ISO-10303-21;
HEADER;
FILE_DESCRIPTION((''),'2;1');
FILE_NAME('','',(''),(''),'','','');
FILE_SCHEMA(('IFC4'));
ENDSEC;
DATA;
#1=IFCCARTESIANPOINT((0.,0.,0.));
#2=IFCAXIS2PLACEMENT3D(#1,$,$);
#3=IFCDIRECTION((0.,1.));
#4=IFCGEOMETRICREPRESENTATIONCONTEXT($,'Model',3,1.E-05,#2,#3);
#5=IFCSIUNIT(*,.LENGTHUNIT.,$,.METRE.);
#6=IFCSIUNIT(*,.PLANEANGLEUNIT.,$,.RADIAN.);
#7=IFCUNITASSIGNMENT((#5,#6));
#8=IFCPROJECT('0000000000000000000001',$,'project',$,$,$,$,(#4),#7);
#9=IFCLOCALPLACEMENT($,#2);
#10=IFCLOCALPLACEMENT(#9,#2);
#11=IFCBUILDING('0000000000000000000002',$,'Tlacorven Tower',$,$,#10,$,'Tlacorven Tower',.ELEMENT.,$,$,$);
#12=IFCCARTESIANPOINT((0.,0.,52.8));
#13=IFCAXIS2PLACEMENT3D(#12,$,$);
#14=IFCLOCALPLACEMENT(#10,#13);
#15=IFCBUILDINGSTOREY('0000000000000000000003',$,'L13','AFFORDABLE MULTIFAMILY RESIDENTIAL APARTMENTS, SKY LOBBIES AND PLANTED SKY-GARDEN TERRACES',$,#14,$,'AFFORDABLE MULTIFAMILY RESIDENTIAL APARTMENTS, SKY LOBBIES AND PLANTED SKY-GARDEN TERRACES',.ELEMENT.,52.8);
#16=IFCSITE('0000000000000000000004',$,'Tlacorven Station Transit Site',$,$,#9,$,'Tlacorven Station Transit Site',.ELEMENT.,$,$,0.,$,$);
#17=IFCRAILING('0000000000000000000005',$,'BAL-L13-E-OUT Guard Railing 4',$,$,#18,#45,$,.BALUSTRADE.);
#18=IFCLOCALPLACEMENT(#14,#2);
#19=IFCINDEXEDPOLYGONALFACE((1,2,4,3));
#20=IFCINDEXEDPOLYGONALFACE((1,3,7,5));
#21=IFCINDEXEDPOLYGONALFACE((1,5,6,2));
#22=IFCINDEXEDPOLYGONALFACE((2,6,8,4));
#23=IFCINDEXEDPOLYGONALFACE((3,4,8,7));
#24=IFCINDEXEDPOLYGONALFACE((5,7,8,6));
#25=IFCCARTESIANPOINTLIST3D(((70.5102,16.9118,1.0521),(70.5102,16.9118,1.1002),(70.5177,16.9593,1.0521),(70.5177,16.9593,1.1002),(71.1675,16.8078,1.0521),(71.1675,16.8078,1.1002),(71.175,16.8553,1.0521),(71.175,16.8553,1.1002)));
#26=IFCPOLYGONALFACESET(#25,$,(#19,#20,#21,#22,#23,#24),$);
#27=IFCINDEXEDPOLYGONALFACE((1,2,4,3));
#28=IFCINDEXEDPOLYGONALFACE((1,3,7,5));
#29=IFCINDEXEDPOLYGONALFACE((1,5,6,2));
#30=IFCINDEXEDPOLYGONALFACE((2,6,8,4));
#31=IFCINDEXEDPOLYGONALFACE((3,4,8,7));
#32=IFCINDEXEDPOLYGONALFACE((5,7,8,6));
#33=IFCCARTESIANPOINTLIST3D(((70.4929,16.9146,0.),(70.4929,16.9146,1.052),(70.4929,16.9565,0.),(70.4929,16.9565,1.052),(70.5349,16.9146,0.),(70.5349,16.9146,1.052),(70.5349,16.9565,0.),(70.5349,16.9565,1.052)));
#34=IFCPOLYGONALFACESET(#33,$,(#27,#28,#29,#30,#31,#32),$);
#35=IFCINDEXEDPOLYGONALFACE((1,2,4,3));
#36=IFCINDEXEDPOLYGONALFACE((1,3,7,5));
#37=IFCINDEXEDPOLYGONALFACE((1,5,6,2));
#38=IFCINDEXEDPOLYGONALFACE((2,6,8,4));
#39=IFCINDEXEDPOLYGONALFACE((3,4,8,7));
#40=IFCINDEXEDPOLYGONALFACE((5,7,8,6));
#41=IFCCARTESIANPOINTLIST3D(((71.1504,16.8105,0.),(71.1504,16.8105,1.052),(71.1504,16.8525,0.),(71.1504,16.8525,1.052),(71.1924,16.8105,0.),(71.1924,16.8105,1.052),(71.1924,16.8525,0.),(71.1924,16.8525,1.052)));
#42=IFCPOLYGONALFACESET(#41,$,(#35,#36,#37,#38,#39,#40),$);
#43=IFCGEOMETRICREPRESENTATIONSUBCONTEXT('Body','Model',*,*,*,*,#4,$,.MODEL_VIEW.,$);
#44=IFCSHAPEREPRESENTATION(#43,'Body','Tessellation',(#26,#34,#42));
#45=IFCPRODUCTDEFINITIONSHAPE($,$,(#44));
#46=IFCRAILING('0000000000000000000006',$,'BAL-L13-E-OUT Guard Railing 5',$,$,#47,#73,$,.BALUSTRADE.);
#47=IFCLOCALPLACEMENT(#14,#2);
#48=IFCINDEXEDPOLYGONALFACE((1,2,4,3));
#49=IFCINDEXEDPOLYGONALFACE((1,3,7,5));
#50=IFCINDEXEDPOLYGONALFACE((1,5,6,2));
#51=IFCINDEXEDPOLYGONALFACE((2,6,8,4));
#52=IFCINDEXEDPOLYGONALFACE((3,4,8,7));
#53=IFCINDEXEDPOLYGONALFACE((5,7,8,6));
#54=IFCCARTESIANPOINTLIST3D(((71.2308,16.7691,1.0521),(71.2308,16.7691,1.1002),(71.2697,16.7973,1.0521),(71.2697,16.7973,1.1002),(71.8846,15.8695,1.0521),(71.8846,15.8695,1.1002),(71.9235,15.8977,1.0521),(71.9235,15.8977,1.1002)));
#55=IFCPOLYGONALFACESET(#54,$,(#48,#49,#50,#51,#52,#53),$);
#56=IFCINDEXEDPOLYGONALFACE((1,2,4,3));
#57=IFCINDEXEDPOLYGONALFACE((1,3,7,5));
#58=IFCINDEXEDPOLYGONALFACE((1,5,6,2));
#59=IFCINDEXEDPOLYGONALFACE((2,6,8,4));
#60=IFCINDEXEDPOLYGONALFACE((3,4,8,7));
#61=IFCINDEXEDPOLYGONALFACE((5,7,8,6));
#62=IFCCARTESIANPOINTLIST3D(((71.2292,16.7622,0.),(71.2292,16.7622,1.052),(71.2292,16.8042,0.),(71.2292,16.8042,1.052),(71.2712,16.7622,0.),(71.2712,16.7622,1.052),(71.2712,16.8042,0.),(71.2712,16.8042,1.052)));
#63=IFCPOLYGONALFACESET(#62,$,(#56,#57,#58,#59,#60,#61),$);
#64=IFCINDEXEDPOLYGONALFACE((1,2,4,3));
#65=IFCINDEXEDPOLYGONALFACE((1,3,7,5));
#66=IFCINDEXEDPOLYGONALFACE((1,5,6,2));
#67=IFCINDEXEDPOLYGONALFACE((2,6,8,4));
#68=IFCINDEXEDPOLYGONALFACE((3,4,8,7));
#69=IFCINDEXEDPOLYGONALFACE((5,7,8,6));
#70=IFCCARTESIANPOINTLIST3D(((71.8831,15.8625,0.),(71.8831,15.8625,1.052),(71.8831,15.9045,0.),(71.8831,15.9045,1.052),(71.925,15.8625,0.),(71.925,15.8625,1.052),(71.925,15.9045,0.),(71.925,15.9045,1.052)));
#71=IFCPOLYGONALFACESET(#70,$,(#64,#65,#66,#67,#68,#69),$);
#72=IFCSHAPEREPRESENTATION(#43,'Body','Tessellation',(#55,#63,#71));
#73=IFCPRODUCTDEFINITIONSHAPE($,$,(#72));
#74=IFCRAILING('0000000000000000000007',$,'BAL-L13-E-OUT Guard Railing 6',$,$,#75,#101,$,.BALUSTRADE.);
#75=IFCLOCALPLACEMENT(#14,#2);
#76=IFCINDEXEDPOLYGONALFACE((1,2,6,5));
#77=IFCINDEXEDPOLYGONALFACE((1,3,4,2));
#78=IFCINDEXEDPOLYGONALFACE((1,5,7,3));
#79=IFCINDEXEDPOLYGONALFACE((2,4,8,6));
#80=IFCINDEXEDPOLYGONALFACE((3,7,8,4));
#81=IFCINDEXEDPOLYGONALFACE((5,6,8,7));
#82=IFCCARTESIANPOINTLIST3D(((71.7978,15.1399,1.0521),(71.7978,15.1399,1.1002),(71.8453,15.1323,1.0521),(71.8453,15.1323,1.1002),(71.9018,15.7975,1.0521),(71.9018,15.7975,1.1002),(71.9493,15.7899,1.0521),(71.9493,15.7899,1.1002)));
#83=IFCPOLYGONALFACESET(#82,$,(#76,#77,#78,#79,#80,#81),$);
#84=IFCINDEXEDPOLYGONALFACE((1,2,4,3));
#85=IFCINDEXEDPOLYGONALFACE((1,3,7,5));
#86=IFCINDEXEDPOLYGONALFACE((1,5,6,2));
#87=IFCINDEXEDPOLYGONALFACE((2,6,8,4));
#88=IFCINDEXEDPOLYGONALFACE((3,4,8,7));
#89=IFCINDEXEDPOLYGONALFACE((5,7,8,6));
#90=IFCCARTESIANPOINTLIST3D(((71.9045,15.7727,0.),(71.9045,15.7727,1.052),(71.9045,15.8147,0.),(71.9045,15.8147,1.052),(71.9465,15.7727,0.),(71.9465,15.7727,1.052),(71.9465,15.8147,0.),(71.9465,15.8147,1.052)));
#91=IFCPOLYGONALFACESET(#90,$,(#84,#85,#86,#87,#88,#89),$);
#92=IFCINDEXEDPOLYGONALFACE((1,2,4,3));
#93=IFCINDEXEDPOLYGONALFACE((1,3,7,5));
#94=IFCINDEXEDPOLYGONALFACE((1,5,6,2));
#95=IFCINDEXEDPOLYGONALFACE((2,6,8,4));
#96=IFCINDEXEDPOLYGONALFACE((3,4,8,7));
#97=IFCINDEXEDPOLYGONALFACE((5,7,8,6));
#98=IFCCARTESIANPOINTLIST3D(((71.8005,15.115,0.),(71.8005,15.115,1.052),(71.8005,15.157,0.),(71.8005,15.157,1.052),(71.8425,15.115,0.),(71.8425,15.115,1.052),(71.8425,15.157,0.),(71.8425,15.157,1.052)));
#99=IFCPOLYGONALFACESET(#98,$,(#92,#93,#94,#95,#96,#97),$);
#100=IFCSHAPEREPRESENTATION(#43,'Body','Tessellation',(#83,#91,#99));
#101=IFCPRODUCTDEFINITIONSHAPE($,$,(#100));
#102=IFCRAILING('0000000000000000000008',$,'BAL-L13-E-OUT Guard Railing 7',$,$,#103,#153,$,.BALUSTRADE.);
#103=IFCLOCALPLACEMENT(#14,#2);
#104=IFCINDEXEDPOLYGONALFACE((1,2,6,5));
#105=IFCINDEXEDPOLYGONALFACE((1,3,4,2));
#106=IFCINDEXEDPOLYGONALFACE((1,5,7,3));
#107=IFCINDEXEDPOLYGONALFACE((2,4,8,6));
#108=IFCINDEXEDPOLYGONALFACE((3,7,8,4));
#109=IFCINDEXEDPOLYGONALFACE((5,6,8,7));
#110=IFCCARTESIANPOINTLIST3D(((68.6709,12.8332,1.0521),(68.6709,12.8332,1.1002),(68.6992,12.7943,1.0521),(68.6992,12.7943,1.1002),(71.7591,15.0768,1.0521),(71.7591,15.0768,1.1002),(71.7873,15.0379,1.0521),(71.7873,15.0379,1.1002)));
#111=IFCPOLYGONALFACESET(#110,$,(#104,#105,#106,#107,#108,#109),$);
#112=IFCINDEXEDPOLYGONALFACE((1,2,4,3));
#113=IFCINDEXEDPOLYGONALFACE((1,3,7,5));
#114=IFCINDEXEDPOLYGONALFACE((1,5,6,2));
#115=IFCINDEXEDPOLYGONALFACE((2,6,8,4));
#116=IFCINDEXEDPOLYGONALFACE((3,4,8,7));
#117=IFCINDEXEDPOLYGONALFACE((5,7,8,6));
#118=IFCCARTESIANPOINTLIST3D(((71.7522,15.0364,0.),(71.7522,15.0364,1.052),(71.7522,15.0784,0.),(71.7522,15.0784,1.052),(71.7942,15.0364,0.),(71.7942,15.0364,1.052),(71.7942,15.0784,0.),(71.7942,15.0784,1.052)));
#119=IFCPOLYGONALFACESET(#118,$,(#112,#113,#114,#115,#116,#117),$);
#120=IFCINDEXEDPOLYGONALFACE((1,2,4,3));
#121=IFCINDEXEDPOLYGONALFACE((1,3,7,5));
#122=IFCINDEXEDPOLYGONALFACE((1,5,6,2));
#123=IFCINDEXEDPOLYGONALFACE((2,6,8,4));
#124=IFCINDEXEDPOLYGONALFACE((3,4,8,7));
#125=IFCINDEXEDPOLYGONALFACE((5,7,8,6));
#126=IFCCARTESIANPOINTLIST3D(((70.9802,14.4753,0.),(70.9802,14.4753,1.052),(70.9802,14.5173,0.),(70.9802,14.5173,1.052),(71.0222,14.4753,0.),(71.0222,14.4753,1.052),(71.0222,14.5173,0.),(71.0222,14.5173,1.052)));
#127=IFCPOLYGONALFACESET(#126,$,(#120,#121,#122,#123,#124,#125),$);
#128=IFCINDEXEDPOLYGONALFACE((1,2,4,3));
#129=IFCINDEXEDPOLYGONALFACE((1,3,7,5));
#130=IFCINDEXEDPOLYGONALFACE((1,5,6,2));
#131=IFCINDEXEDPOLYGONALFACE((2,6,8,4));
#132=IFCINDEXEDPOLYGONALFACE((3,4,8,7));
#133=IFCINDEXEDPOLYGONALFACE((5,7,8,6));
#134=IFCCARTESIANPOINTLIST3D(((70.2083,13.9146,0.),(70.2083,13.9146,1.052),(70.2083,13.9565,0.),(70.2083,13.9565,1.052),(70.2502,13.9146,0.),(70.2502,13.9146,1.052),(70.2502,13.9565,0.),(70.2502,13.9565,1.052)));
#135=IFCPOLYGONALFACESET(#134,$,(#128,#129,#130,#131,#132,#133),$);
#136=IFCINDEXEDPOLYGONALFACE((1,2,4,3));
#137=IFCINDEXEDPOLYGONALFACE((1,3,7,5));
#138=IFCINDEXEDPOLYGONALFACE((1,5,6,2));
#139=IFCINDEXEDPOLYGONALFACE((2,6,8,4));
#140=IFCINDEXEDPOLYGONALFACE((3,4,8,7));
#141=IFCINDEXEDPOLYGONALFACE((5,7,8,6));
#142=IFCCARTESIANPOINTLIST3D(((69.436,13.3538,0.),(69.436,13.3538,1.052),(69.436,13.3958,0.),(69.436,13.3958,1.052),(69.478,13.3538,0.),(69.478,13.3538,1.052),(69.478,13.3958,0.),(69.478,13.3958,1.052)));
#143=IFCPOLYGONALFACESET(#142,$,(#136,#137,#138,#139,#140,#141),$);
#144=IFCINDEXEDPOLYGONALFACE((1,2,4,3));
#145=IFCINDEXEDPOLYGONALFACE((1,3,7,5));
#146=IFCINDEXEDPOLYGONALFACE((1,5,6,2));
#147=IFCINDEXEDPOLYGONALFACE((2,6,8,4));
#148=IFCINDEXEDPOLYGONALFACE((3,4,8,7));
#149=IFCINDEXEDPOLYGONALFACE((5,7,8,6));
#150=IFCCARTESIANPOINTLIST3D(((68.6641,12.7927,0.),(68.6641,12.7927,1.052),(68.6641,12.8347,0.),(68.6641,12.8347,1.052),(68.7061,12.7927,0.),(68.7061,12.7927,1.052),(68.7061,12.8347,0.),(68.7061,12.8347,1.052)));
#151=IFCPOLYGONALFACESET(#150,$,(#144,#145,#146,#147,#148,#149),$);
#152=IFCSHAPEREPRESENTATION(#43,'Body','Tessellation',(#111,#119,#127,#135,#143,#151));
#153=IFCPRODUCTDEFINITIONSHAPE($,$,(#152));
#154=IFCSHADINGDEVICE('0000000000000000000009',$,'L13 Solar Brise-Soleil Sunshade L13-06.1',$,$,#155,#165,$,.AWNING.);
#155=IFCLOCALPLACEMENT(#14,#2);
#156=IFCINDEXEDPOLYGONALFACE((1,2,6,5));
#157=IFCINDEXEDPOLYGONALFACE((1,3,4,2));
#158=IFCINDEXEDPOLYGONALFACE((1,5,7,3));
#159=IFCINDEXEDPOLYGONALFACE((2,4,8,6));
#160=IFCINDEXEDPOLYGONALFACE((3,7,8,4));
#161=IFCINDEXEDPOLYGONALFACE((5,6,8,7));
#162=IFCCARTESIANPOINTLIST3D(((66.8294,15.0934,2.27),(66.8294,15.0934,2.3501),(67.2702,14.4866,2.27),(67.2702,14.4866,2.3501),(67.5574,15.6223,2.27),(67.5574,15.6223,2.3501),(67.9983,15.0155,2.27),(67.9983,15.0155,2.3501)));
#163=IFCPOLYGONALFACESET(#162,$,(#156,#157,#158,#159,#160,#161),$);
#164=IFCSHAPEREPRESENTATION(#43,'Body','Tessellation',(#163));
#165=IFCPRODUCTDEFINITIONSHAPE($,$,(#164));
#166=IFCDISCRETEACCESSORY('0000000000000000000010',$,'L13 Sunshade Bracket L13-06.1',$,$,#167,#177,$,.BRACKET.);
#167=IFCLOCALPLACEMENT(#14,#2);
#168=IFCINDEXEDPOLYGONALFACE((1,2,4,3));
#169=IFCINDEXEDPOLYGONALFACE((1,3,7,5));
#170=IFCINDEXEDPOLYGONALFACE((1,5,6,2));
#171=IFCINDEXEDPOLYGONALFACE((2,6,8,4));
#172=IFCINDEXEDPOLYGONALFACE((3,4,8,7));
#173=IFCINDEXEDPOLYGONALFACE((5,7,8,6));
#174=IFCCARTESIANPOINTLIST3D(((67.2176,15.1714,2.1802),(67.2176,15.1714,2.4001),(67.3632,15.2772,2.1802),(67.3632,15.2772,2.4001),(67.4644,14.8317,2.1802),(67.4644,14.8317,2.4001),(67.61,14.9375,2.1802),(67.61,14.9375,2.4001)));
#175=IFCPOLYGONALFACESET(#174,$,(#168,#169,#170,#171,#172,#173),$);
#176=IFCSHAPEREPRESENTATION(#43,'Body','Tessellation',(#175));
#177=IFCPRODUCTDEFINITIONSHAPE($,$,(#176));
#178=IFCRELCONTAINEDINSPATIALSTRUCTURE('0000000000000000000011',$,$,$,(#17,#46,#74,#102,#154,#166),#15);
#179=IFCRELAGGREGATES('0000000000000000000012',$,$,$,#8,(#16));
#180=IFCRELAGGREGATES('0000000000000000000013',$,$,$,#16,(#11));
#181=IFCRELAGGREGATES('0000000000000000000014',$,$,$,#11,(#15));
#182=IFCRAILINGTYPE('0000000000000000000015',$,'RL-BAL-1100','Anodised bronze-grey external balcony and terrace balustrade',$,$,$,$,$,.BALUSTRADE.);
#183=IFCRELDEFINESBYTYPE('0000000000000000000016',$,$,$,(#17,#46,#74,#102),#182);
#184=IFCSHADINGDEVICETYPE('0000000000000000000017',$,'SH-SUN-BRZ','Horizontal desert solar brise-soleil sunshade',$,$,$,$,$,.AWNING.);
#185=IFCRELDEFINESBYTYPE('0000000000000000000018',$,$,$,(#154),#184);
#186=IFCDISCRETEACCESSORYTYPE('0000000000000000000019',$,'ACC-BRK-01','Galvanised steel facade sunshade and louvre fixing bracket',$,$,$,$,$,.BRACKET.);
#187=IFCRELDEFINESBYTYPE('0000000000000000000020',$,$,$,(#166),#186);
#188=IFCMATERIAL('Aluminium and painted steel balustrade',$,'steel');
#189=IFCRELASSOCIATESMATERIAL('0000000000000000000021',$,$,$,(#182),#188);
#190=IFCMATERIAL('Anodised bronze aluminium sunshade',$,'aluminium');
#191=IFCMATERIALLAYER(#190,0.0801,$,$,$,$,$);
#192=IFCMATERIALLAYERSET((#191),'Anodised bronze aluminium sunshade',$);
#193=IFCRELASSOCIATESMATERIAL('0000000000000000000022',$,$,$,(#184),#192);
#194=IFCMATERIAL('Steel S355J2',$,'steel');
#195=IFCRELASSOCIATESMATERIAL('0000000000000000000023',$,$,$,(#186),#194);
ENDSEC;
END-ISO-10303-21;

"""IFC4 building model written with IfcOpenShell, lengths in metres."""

from ifc_helpers import new_model, si_unit, direction, frame, origin, origin_2d, place, context, subcontext, project, spatial, rectangle, extrude, source, transform, mapped, material, layer, layer_set, type_object, element, save


model = new_model("IFC4")

# Units and contexts
model_context = context("Model", 3, precision=1e-05, world=origin(), true_north=direction((0.0, 1.0)))
body_context = subcontext(model_context, "Body", "Model", "MODEL_VIEW")
ifc_project = project(units=[si_unit("LENGTHUNIT", "METRE"), si_unit("PLANEANGLEUNIT", "RADIAN")], contexts=[model_context])

# Site, building, storey
site_placement = place(None, origin())
site = spatial("IfcSite", under=ifc_project, at=site_placement, Name="Tlacorven Station Transit Site", LongName="Tlacorven Station Transit Site", CompositionType="ELEMENT", RefElevation=0.0)
building_placement = place(site_placement, origin())
building = spatial("IfcBuilding", under=site, at=building_placement, Name="Tlacorven Tower", LongName="Tlacorven Tower", CompositionType="ELEMENT")
storey_placement = place(building_placement, frame((0.0, 0.0, 52.8)))
storey = spatial("IfcBuildingStorey", under=building, at=storey_placement, Name="L13", Description="AFFORDABLE MULTIFAMILY RESIDENTIAL APARTMENTS, SKY LOBBIES AND PLANTED SKY-GARDEN TERRACES", LongName="AFFORDABLE MULTIFAMILY RESIDENTIAL APARTMENTS, SKY LOBBIES AND PLANTED SKY-GARDEN TERRACES", CompositionType="ELEMENT", Elevation=52.8)

# Shared definitions
ifc_material_1 = material(Name="Steel S355J2", Category="steel")

# Railings
ifc_material_2 = material(Name="Aluminium and painted steel balustrade", Category="steel")
railing_type = type_object("IfcRailingType", Name="RL-BAL-1100", Description="Anodised bronze-grey external balcony and terrace balustrade", PredefinedType="BALUSTRADE", material=ifc_material_2)
shared_shape_1 = source(origin(), body_context, "Body", "SweptSolid", [
    extrude(rectangle(XDim=0.0481, YDim=0.0481, at=origin_2d()), frame((0.0, 0.0, 1.0762), z_axis=(0.987718, -0.156245, 0.0), x_axis=(0.156245, 0.987718, 0.0)), (0.0, 0.0, 1.0), 0.6655),
    extrude(rectangle(XDim=0.042, YDim=0.042, at=origin_2d()), origin(), (0.0, 0.0, 1.0), 1.052),
    extrude(rectangle(XDim=0.042, YDim=0.042, at=origin_2d()), frame((0.6575, -0.104, 0.0)), (0.0, 0.0, 1.0), 1.052),
])
railing_1_placement = place(storey_placement, frame((70.5139, 16.9355, 0.0)))
element("IfcRailing", 1, at=railing_1_placement, inside=storey, type_object=railing_type, Name="BAL-L13-E-OUT Guard Railing 4", PredefinedType="BALUSTRADE", context=body_context, shape_type="MappedRepresentation", body=[
    mapped(shared_shape_1, transform((0.0, 0.0, 0.0), scale=1.0)),
])
shared_shape_2 = source(origin(), body_context, "Body", "SweptSolid", [
    extrude(rectangle(XDim=0.0481, YDim=0.0481, at=origin_2d()), frame((0.0, 0.0, 1.0762), z_axis=(0.587884, -0.808945, 0.0), x_axis=(0.808945, 0.587884, 0.0)), (0.0, 0.0, 1.0), 1.1121),
    extrude(rectangle(XDim=0.042, YDim=0.042, at=origin_2d()), origin(), (0.0, 0.0, 1.0), 1.052),
    extrude(rectangle(XDim=0.042, YDim=0.042, at=origin_2d()), frame((0.6538, -0.8997, 0.0)), (0.0, 0.0, 1.0), 1.052),
])
railing_2_placement = place(storey_placement, frame((71.2502, 16.7832, 0.0)))
element("IfcRailing", 2, at=railing_2_placement, inside=storey, type_object=railing_type, Name="BAL-L13-E-OUT Guard Railing 5", PredefinedType="BALUSTRADE", context=body_context, shape_type="MappedRepresentation", body=[
    mapped(shared_shape_2, transform((0.0, 0.0, 0.0), scale=1.0)),
])
shared_shape_3 = source(origin(), body_context, "Body", "SweptSolid", [
    extrude(rectangle(XDim=0.0481, YDim=0.0481, at=origin_2d()), frame((0.0, 0.0, 1.0762), z_axis=(-0.156188, -0.987727, 0.0), x_axis=(0.987727, -0.156188, 0.0)), (0.0, 0.0, 1.0), 0.6658),
    extrude(rectangle(XDim=0.042, YDim=0.042, at=origin_2d()), origin(), (0.0, 0.0, 1.0), 1.052),
    extrude(rectangle(XDim=0.042, YDim=0.042, at=origin_2d()), frame((-0.104, -0.6577, 0.0)), (0.0, 0.0, 1.0), 1.052),
])
railing_3_placement = place(storey_placement, frame((71.9255, 15.7937, 0.0)))
element("IfcRailing", 3, at=railing_3_placement, inside=storey, type_object=railing_type, Name="BAL-L13-E-OUT Guard Railing 6", PredefinedType="BALUSTRADE", context=body_context, shape_type="MappedRepresentation", body=[
    mapped(shared_shape_3, transform((0.0, 0.0, 0.0), scale=1.0)),
])
shared_shape_4 = source(origin(), body_context, "Body", "SweptSolid", [
    extrude(rectangle(XDim=0.0481, YDim=0.0481, at=origin_2d()), frame((0.0, 0.0, 1.0762), z_axis=(-0.809018, -0.587784, 0.0), x_axis=(0.587784, -0.809018, 0.0)), (0.0, 0.0, 1.0), 3.8171),
    extrude(rectangle(XDim=0.042, YDim=0.042, at=origin_2d()), origin(), (0.0, 0.0, 1.0), 1.052),
    extrude(rectangle(XDim=0.042, YDim=0.042, at=origin_2d()), frame((-0.772, -0.561, 0.0)), (0.0, 0.0, 1.0), 1.052),
    extrude(rectangle(XDim=0.042, YDim=0.042, at=origin_2d()), frame((-1.5439, -1.1218, 0.0)), (0.0, 0.0, 1.0), 1.052),
    extrude(rectangle(XDim=0.042, YDim=0.042, at=origin_2d()), frame((-2.3162, -1.6826, 0.0)), (0.0, 0.0, 1.0), 1.052),
    extrude(rectangle(XDim=0.042, YDim=0.042, at=origin_2d()), frame((-3.0881, -2.2437, 0.0)), (0.0, 0.0, 1.0), 1.052),
])
railing_4_placement = place(storey_placement, frame((71.7732, 15.0574, 0.0)))
element("IfcRailing", 4, at=railing_4_placement, inside=storey, type_object=railing_type, Name="BAL-L13-E-OUT Guard Railing 7", PredefinedType="BALUSTRADE", context=body_context, shape_type="MappedRepresentation", body=[
    mapped(shared_shape_4, transform((0.0, 0.0, 0.0), scale=1.0)),
])

# Shading device
ifc_material_3 = material(Name="Anodised bronze aluminium sunshade", Category="aluminium")
ifc_layer_1 = layer(ifc_material_3, 0.0801)
ifc_layer_set_1 = layer_set([ifc_layer_1], Name="Anodised bronze aluminium sunshade")
shading_device_type = type_object("IfcShadingDeviceType", Name="SH-SUN-BRZ", Description="Horizontal desert solar brise-soleil sunshade", PredefinedType="AWNING", material=ifc_layer_set_1)
shared_shape_5 = source(origin(), body_context, "Body", "SweptSolid", [
    extrude(rectangle(XDim=0.8999, YDim=0.75, at=origin_2d()), origin(), (0.0, 0.0, 1.0), 0.0801),
])
shading_device_placement = place(storey_placement, frame((67.4138, 15.0544, 2.27), z_axis=(0.0, 0.0, 1.0), x_axis=(-0.809017, -0.587785, 0.0)))
element("IfcShadingDevice", 5, at=shading_device_placement, inside=storey, type_object=shading_device_type, Name="L13 Solar Brise-Soleil Sunshade L13-06.1", PredefinedType="AWNING", context=body_context, shape_type="MappedRepresentation", body=[
    mapped(shared_shape_5, transform((0.0, 0.0, 0.0), scale=1.0)),
])

# Discrete accessory
discrete_accessory_type = type_object("IfcDiscreteAccessoryType", Name="ACC-BRK-01", Description="Galvanised steel facade sunshade and louvre fixing bracket", PredefinedType="BRACKET", material=ifc_material_1)
shared_shape_6 = source(origin(), body_context, "Body", "SweptSolid", [
    extrude(rectangle(XDim=0.1799, YDim=0.4199, at=origin_2d()), origin(), (0.0, 0.0, 1.0), 0.22),
])
discrete_accessory_placement = place(storey_placement, frame((67.4138, 15.0544, 2.1802), z_axis=(0.0, 0.0, 1.0), x_axis=(-0.809017, -0.587785, 0.0)))
element("IfcDiscreteAccessory", 6, at=discrete_accessory_placement, inside=storey, type_object=discrete_accessory_type, Name="L13 Sunshade Bracket L13-06.1", PredefinedType="BRACKET", context=body_context, shape_type="MappedRepresentation", body=[
    mapped(shared_shape_6, transform((0.0, 0.0, 0.0), scale=1.0)),
])

save(model, "model.ifc")
